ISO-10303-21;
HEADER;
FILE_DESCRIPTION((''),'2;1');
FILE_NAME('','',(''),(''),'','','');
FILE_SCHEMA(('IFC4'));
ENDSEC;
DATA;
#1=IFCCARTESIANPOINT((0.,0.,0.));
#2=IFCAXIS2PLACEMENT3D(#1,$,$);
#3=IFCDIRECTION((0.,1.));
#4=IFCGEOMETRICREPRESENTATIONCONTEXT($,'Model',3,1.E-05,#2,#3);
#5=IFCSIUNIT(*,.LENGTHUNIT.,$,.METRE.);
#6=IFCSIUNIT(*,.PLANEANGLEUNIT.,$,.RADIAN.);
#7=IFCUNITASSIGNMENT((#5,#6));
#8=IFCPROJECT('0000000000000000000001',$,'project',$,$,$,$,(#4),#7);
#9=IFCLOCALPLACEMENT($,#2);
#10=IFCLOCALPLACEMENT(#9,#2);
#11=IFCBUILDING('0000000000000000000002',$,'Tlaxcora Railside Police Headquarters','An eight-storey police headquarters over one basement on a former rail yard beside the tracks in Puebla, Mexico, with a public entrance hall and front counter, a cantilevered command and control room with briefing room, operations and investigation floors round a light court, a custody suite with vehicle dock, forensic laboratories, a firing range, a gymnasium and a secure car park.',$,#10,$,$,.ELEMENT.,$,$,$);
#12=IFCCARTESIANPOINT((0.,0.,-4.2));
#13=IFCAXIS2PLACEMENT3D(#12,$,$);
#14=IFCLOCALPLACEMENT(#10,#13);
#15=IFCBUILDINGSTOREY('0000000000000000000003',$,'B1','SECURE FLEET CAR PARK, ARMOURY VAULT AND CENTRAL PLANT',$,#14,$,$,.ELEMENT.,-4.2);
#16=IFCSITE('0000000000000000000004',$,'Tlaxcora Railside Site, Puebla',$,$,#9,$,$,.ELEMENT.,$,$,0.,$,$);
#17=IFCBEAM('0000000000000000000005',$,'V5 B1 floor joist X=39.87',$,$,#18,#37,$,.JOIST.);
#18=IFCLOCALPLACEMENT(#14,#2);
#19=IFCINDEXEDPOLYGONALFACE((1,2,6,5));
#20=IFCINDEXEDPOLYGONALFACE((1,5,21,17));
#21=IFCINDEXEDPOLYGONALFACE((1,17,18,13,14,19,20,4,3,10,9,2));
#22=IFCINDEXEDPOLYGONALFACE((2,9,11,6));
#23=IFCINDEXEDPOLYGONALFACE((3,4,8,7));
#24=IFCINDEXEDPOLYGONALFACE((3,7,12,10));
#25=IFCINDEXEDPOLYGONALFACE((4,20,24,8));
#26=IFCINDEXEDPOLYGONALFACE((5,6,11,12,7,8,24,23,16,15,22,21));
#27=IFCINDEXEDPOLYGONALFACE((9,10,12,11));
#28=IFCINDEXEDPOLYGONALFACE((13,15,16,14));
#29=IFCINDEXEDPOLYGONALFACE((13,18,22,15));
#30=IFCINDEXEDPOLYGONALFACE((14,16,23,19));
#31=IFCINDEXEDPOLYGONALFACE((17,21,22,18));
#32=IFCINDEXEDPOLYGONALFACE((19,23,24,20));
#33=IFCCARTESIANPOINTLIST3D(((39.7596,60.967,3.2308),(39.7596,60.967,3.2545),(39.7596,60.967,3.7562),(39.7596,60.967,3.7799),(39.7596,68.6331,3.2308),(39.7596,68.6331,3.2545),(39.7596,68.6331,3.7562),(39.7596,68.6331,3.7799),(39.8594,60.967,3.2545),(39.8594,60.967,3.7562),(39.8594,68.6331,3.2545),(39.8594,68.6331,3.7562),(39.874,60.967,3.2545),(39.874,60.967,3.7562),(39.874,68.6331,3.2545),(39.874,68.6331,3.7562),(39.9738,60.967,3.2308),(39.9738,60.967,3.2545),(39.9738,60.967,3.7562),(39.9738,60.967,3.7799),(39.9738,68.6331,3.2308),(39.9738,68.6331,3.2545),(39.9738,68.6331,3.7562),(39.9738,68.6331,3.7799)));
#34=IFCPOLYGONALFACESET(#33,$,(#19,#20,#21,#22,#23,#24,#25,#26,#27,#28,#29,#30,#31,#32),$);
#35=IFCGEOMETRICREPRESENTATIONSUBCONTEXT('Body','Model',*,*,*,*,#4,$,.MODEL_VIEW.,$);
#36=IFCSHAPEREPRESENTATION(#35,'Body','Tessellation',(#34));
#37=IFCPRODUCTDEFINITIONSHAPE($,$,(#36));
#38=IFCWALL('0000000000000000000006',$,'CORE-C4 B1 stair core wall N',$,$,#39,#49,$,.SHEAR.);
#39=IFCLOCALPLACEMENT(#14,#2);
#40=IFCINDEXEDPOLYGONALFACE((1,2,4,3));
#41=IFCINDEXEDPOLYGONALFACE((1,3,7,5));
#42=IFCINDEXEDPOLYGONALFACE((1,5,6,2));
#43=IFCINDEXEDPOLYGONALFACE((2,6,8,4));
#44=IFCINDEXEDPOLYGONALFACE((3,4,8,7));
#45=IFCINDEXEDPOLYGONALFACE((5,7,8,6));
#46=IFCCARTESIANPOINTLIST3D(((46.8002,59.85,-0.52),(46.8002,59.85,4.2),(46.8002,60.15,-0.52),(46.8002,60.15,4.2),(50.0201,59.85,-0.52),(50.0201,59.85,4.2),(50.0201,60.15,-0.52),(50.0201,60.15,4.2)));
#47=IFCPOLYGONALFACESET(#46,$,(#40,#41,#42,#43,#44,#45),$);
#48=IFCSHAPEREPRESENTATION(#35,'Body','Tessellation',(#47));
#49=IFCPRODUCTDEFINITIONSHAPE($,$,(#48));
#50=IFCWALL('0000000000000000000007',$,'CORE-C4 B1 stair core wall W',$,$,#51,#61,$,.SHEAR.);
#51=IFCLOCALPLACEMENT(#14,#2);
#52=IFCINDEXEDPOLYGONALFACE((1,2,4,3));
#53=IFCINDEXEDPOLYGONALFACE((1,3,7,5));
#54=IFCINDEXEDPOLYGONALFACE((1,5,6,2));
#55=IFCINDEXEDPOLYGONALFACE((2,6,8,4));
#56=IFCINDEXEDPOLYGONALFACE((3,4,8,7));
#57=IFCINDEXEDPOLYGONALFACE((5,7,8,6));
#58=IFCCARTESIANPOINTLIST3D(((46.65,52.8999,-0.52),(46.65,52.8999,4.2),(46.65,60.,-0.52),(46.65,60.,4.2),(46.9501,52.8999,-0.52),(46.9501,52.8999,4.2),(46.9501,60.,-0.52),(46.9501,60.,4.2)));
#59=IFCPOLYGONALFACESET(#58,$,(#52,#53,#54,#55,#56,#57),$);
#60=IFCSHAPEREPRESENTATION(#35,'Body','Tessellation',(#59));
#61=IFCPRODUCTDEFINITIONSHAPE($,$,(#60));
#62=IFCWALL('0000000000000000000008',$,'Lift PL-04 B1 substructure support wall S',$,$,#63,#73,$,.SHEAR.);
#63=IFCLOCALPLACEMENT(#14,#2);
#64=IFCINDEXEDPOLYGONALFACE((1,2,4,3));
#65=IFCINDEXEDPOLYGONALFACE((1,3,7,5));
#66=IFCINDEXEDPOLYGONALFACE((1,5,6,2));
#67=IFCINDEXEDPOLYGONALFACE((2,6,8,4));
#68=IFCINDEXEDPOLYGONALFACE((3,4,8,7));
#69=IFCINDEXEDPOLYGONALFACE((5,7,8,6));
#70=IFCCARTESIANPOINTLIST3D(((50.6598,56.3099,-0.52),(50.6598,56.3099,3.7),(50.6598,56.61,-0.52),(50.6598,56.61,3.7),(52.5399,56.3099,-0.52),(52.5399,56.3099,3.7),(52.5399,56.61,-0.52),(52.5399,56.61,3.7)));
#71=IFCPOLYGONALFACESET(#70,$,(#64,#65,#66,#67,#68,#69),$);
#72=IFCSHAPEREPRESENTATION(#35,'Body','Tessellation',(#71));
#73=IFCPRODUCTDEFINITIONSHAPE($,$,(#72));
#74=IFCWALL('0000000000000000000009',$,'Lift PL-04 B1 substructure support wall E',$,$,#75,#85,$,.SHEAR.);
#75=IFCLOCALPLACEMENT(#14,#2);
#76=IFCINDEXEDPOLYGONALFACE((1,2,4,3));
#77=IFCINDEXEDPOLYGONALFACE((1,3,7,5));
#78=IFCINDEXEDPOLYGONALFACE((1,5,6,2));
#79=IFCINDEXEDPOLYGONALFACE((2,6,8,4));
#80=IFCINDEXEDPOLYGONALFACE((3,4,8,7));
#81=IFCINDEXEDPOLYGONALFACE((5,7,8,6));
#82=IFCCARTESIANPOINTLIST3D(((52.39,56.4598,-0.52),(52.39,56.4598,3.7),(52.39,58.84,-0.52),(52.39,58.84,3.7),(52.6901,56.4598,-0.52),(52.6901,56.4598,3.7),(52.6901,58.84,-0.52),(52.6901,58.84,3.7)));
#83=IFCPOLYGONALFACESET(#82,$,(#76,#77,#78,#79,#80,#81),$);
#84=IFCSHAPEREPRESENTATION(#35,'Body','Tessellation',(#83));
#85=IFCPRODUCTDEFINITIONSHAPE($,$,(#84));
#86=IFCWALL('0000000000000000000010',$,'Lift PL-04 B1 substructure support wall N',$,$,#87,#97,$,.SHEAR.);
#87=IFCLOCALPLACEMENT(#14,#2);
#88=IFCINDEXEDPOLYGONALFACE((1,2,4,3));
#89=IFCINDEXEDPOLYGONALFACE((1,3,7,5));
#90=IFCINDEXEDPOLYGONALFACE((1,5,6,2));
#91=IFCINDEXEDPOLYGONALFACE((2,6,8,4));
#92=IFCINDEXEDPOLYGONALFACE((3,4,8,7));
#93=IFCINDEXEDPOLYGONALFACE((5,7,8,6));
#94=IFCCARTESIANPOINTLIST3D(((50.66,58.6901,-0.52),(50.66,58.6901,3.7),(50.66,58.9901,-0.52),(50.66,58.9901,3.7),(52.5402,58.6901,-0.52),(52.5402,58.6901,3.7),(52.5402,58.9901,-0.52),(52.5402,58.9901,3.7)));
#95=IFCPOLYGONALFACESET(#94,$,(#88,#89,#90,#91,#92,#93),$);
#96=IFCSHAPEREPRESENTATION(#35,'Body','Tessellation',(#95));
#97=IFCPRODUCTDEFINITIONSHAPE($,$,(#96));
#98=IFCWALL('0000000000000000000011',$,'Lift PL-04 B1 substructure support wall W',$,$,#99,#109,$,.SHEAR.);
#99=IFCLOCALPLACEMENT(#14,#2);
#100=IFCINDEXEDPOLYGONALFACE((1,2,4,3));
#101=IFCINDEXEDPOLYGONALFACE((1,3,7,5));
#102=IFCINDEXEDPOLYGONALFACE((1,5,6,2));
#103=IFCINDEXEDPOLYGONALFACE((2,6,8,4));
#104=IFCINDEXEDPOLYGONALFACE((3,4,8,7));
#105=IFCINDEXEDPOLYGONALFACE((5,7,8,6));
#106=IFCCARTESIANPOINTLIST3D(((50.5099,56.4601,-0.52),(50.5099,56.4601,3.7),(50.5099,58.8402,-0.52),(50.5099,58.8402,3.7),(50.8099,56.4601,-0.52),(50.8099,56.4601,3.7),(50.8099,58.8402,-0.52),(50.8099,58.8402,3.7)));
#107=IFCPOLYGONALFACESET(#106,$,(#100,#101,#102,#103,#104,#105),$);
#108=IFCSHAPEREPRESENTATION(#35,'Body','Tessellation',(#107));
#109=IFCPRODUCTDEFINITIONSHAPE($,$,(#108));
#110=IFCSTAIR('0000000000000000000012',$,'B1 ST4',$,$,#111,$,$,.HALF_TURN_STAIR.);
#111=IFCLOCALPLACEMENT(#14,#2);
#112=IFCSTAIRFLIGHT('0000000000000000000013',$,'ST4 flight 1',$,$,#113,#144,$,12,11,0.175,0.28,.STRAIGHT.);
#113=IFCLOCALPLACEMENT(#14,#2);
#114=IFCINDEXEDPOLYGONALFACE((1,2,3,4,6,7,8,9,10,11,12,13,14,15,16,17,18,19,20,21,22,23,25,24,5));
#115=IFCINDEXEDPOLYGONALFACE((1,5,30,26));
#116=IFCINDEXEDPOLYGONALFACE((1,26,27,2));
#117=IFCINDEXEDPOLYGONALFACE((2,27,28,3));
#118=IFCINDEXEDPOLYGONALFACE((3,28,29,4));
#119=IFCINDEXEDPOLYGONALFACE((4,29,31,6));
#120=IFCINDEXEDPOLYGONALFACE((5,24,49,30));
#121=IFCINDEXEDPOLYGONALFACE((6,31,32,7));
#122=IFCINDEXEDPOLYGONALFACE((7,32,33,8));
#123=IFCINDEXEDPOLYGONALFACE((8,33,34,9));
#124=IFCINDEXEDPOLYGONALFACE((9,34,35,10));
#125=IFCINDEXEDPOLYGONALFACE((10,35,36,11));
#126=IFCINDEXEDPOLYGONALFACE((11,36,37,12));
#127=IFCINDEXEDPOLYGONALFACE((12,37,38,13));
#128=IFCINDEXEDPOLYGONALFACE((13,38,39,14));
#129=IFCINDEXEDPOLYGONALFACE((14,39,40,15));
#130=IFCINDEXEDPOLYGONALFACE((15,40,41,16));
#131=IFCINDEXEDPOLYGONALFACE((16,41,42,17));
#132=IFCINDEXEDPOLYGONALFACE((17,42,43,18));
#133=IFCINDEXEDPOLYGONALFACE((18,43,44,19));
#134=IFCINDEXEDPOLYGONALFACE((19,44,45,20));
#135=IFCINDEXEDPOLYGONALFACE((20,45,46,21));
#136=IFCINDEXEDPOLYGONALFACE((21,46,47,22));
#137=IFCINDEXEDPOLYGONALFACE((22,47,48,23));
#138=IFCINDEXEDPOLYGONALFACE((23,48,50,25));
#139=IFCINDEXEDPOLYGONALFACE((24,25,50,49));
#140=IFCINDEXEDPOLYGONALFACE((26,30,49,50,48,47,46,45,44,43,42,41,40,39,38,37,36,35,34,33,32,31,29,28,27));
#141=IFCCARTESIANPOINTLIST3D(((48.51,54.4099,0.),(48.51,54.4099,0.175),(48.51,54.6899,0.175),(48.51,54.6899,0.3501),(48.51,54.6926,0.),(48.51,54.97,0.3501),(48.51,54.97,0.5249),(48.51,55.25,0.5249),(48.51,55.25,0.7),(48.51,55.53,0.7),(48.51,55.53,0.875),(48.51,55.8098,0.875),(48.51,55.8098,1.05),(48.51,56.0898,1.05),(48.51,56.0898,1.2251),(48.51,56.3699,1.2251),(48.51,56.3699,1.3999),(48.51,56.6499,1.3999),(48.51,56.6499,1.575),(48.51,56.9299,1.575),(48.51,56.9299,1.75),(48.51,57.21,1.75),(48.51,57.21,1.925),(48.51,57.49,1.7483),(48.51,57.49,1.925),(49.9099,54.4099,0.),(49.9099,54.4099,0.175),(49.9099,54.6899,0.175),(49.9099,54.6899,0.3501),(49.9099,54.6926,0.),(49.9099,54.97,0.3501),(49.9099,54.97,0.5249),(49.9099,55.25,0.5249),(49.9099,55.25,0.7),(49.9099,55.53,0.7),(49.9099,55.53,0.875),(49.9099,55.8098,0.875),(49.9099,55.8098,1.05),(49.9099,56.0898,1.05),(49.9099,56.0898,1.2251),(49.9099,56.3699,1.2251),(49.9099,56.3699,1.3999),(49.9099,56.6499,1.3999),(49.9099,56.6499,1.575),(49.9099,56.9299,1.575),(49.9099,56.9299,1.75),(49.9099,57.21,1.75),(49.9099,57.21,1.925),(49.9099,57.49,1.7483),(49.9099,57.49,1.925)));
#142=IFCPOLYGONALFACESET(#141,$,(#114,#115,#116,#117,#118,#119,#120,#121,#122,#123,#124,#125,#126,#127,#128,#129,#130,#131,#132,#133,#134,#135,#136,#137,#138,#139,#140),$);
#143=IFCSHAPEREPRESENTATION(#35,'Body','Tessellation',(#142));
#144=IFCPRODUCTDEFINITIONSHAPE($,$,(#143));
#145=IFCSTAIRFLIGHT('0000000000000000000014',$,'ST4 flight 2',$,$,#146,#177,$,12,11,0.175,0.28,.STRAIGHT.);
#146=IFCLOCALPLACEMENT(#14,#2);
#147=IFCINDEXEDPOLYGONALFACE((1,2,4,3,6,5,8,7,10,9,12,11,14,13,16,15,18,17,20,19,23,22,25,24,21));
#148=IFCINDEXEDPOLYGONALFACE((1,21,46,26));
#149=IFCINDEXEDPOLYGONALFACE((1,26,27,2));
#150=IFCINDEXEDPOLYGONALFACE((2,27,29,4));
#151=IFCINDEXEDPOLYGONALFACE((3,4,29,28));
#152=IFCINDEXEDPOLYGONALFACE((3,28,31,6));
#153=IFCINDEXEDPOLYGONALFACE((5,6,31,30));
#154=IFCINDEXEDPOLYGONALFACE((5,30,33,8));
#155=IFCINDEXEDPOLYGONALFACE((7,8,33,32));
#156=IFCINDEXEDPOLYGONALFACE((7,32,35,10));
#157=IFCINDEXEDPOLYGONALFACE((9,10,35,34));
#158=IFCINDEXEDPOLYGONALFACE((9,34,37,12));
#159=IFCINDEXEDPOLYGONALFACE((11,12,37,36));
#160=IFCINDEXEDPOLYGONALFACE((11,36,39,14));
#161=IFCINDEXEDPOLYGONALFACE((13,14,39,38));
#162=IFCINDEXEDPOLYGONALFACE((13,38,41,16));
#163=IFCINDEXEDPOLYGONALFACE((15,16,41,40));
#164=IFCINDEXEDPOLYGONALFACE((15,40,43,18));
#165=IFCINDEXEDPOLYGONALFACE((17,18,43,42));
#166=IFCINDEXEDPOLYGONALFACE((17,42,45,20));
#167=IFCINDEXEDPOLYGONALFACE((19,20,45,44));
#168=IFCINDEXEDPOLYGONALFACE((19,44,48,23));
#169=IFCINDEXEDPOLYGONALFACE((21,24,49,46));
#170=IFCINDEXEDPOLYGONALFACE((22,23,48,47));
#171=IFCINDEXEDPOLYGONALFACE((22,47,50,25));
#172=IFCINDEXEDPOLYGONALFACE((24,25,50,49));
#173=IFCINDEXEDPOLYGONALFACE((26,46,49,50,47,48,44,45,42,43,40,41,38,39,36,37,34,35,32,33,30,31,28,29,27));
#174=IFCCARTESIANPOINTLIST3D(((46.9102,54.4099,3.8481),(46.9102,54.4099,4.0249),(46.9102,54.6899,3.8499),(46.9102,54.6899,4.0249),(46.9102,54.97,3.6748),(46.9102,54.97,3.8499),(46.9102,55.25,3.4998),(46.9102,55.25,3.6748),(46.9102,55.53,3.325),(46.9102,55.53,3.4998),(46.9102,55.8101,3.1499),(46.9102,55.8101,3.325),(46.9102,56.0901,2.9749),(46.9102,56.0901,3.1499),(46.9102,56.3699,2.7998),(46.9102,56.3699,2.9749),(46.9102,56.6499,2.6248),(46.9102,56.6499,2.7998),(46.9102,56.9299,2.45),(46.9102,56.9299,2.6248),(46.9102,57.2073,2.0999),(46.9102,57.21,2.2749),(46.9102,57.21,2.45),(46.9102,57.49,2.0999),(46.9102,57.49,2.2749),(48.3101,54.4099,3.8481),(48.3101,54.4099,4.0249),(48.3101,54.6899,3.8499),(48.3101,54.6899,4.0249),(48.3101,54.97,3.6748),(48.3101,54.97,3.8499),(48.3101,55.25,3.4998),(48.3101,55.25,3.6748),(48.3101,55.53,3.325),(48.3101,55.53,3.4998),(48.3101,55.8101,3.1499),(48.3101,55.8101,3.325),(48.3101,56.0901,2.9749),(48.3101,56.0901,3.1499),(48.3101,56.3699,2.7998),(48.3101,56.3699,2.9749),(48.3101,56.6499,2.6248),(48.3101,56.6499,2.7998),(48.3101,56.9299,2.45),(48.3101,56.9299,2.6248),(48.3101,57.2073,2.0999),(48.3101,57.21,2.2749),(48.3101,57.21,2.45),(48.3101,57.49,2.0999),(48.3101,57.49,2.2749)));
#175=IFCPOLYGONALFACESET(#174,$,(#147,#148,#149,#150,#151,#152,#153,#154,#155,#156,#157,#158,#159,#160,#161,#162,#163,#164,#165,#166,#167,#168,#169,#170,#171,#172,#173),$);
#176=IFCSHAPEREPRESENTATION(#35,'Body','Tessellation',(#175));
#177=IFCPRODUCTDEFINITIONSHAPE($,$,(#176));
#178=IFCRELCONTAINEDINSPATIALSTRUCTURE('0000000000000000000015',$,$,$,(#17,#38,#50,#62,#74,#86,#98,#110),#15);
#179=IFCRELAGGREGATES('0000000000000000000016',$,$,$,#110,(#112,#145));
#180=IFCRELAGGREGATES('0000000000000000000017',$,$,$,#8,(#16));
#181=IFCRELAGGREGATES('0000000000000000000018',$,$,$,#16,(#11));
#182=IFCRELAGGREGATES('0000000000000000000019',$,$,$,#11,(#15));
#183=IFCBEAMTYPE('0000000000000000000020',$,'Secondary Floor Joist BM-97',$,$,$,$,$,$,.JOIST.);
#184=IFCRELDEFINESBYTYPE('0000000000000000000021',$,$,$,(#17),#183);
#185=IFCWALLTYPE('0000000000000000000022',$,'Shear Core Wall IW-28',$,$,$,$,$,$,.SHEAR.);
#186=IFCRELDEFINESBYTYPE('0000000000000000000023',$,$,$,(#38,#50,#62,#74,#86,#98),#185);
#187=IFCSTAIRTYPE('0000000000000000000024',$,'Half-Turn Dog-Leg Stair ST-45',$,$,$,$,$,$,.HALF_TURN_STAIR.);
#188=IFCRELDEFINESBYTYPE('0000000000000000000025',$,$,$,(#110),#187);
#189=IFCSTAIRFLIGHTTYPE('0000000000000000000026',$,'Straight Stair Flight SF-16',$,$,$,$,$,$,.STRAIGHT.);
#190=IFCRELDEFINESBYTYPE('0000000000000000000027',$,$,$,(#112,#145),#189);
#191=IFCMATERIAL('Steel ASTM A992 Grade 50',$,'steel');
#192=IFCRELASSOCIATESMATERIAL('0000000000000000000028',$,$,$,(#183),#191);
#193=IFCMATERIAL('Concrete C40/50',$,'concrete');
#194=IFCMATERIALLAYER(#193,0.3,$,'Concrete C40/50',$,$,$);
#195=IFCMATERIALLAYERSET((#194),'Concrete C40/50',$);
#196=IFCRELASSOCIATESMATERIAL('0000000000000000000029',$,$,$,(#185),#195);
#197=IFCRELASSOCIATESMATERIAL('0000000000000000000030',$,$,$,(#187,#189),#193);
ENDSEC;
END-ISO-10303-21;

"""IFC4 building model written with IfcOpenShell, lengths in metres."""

from ifc_helpers import new_model, si_unit, direction, frame, frame_2d, origin, origin_2d, place, context, subcontext, project, spatial, polyline, rectangle, i_section, outline, extrude, material, layer, layer_set, material_profile, profile_set, type_object, element, aggregate, save


model = new_model("IFC4")

# Units and contexts
model_context = context("Model", 3, precision=1e-05, world=origin(), true_north=direction((0.0, 1.0)))
body_context = subcontext(model_context, "Body", "Model", "MODEL_VIEW")
ifc_project = project(units=[si_unit("LENGTHUNIT", "METRE"), si_unit("PLANEANGLEUNIT", "RADIAN")], contexts=[model_context])

# Site, building, storey
site_placement = place(None, origin())
site = spatial("IfcSite", under=ifc_project, at=site_placement, Name="Tlaxcora Railside Site, Puebla", CompositionType="ELEMENT", RefElevation=0.0)
building_placement = place(site_placement, origin())
building = spatial("IfcBuilding", under=site, at=building_placement, Name="Tlaxcora Railside Police Headquarters", Description="An eight-storey police headquarters over one basement on a former rail yard beside the tracks in Puebla, Mexico, with a public entrance hall and front counter, a cantilevered command and control room with briefing room, operations and investigation floors round a light court, a custody suite with vehicle dock, forensic laboratories, a firing range, a gymnasium and a secure car park.", CompositionType="ELEMENT")
storey_placement = place(building_placement, frame((0.0, 0.0, -4.2)))
storey = spatial("IfcBuildingStorey", under=building, at=storey_placement, Name="B1", Description="SECURE FLEET CAR PARK, ARMOURY VAULT AND CENTRAL PLANT", CompositionType="ELEMENT", Elevation=-4.2)

# Shared definitions
ifc_material_1 = material(Name="Concrete C40/50", Category="concrete")

# Beam
ifc_material_2 = material(Name="Steel ASTM A992 Grade 50", Category="steel")
ifc_material_profile_1 = material_profile(ifc_material_2, i_section(OverallWidth=0.2141, OverallDepth=0.5491, WebThickness=0.0146, FlangeThickness=0.0237, at=origin_2d()), Name="W21X93")
ifc_profile_set_1 = profile_set([ifc_material_profile_1], Name="Steel ASTM A992 Grade 50")
beam_type_1 = type_object("IfcBeamType", Name="Secondary Floor Joist BM-97", PredefinedType="JOIST", material=ifc_profile_set_1)
beam_1_placement = place(storey_placement, frame((39.8667, 60.967, 3.5054), z_axis=(0.0, 1.0, 0.0), x_axis=(-1.0, 0.0, 0.0)))
element("IfcBeam", 1, at=beam_1_placement, inside=storey, type_object=beam_type_1, Name="V5 B1 floor joist X=39.87", PredefinedType="JOIST", context=body_context, shape_type="SweptSolid", body=[
    extrude(i_section(OverallWidth=0.2141, OverallDepth=0.5491, WebThickness=0.0146, FlangeThickness=0.0237, at=origin_2d()), origin(), (0.0, 0.0, 1.0), 7.666),
])

# Walls
ifc_layer_1 = layer(ifc_material_1, 0.3, Name="Concrete C40/50")
ifc_layer_set_1 = layer_set([ifc_layer_1], Name="Concrete C40/50")
wall_type = type_object("IfcWallType", Name="Shear Core Wall IW-28", PredefinedType="SHEAR", material=ifc_layer_set_1)
wall_1_placement = place(storey_placement, frame((50.02, 60.0, -0.52), z_axis=(0.0, 0.0, 1.0), x_axis=(-1.0, 0.0, 0.0)))
element("IfcWall", 2, at=wall_1_placement, inside=storey, type_object=wall_type, Name="CORE-C4 B1 stair core wall N", PredefinedType="SHEAR", context=body_context, shape_type="SweptSolid", body=[
    extrude(rectangle(XDim=3.22, YDim=0.3, at=frame_2d((1.6099, 0.0))), origin(), (0.0, 0.0, 1.0), 4.72),
])
wall_2_placement = place(storey_placement, frame((46.8, 60.0, -0.52), z_axis=(0.0, 0.0, 1.0), x_axis=(0.0, -1.0, 0.0)))
element("IfcWall", 3, at=wall_2_placement, inside=storey, type_object=wall_type, Name="CORE-C4 B1 stair core wall W", PredefinedType="SHEAR", context=body_context, shape_type="SweptSolid", body=[
    extrude(rectangle(XDim=7.1001, YDim=0.3, at=frame_2d((3.55, 0.0))), origin(), (0.0, 0.0, 1.0), 4.72),
])
wall_3_placement = place(storey_placement, frame((50.6599, 56.46, -0.52), z_axis=(0.0, 0.0, 1.0), x_axis=(1.0, 0.0, 0.0)))
element("IfcWall", 4, at=wall_3_placement, inside=storey, type_object=wall_type, Name="Lift PL-04 B1 substructure support wall S", PredefinedType="SHEAR", context=body_context, shape_type="SweptSolid", body=[
    extrude(rectangle(XDim=1.8801, YDim=0.3, at=frame_2d((0.9399, 0.0))), origin(), (0.0, 0.0, 1.0), 4.22),
])
wall_4_placement = place(storey_placement, frame((52.54, 56.46, -0.52), z_axis=(0.0, 0.0, 1.0), x_axis=(0.0, 1.0, 0.0)))
element("IfcWall", 5, at=wall_4_placement, inside=storey, type_object=wall_type, Name="Lift PL-04 B1 substructure support wall E", PredefinedType="SHEAR", context=body_context, shape_type="SweptSolid", body=[
    extrude(rectangle(XDim=2.3801, YDim=0.3, at=frame_2d((1.1899, 0.0))), origin(), (0.0, 0.0, 1.0), 4.22),
])
wall_5_placement = place(storey_placement, frame((52.54, 58.8401, -0.52), z_axis=(0.0, 0.0, 1.0), x_axis=(-1.0, 0.0, 0.0)))
element("IfcWall", 6, at=wall_5_placement, inside=storey, type_object=wall_type, Name="Lift PL-04 B1 substructure support wall N", PredefinedType="SHEAR", context=body_context, shape_type="SweptSolid", body=[
    extrude(rectangle(XDim=1.8801, YDim=0.3, at=frame_2d((0.9399, 0.0))), origin(), (0.0, 0.0, 1.0), 4.22),
])
wall_6_placement = place(storey_placement, frame((50.6599, 58.8401, -0.52), z_axis=(0.0, 0.0, 1.0), x_axis=(0.0, -1.0, 0.0)))
element("IfcWall", 7, at=wall_6_placement, inside=storey, type_object=wall_type, Name="Lift PL-04 B1 substructure support wall W", PredefinedType="SHEAR", context=body_context, shape_type="SweptSolid", body=[
    extrude(rectangle(XDim=2.3801, YDim=0.3, at=frame_2d((1.1899, 0.0))), origin(), (0.0, 0.0, 1.0), 4.22),
])

# Stair, stair flights
stair_type = type_object("IfcStairType", Name="Half-Turn Dog-Leg Stair ST-45", PredefinedType="HALF_TURN_STAIR", material=ifc_material_1)
stair_placement = place(storey_placement, origin())
stair = element("IfcStair", 8, at=stair_placement, inside=storey, type_object=stair_type, Name="B1 ST4", PredefinedType="HALF_TURN_STAIR")
stair_flight_type = type_object("IfcStairFlightType", Name="Straight Stair Flight SF-16", PredefinedType="STRAIGHT", material=ifc_material_1)
stair_flight_1_placement = place(storey_placement, frame((49.21, 54.4099, 0.0), z_axis=(0.0, 0.0, 1.0), x_axis=(0.0, 1.0, 0.0)))
stair_flight_1 = element("IfcStairFlight", 9, at=stair_flight_1_placement, type_object=stair_flight_type, Name="ST4 flight 1", NumberOfRisers=12, NumberOfTreads=11, PredefinedType="STRAIGHT", RiserHeight=0.175, TreadLength=0.28, context=body_context, shape_type="SweptSolid", body=[
    extrude(outline(polyline([(0.0, 0.0), (0.0, 0.175), (0.28, 0.175), (0.28, 0.3501), (0.5601, 0.3501), (0.5601, 0.5249), (0.8401, 0.5249), (0.8401, 0.7), (1.1201, 0.7), (1.1201, 0.875), (1.3999, 0.875), (1.3999, 1.05), (1.6799, 1.05), (1.6799, 1.2251), (1.96, 1.2251), (1.96, 1.3999), (2.24, 1.3999), (2.24, 1.575), (2.52, 1.575), (2.52, 1.75), (2.8, 1.75), (2.8, 1.925), (3.0801, 1.925), (3.0801, 2.1001), (3.0801, 1.7483), (0.2827, 0.0), (0.0, 0.0)])), frame((0.0, 0.7, 0.0), z_axis=(0.0, -1.0, 0.0), x_axis=(1.0, 0.0, 0.0)), (0.0, 0.0, 1.0), 1.3999),
])
stair_flight_2_placement = place(storey_placement, frame((47.6101, 57.49, 2.0999), z_axis=(0.0, 0.0, 1.0), x_axis=(0.0, -1.0, 0.0)))
stair_flight_2 = element("IfcStairFlight", 10, at=stair_flight_2_placement, type_object=stair_flight_type, Name="ST4 flight 2", NumberOfRisers=12, NumberOfTreads=11, PredefinedType="STRAIGHT", RiserHeight=0.175, TreadLength=0.28, context=body_context, shape_type="SweptSolid", body=[
    extrude(outline(polyline([(0.0, 0.0), (0.0, 0.175), (0.28, 0.175), (0.28, 0.3501), (0.5601, 0.3501), (0.5601, 0.5249), (0.8401, 0.5249), (0.8401, 0.7), (1.1201, 0.7), (1.1201, 0.875), (1.3999, 0.875), (1.3999, 1.05), (1.6799, 1.05), (1.6799, 1.2251), (1.96, 1.2251), (1.96, 1.3999), (2.24, 1.3999), (2.24, 1.575), (2.52, 1.575), (2.52, 1.75), (2.8, 1.75), (2.8, 1.925), (3.0801, 1.925), (3.0801, 2.1001), (3.0801, 1.7483), (0.2827, 0.0), (0.0, 0.0)])), frame((0.0, 0.7, 0.0), z_axis=(0.0, -1.0, 0.0), x_axis=(1.0, 0.0, 0.0)), (0.0, 0.0, 1.0), 1.3999),
])
aggregate(stair, [stair_flight_1, stair_flight_2])

save(model, "model.ifc")
